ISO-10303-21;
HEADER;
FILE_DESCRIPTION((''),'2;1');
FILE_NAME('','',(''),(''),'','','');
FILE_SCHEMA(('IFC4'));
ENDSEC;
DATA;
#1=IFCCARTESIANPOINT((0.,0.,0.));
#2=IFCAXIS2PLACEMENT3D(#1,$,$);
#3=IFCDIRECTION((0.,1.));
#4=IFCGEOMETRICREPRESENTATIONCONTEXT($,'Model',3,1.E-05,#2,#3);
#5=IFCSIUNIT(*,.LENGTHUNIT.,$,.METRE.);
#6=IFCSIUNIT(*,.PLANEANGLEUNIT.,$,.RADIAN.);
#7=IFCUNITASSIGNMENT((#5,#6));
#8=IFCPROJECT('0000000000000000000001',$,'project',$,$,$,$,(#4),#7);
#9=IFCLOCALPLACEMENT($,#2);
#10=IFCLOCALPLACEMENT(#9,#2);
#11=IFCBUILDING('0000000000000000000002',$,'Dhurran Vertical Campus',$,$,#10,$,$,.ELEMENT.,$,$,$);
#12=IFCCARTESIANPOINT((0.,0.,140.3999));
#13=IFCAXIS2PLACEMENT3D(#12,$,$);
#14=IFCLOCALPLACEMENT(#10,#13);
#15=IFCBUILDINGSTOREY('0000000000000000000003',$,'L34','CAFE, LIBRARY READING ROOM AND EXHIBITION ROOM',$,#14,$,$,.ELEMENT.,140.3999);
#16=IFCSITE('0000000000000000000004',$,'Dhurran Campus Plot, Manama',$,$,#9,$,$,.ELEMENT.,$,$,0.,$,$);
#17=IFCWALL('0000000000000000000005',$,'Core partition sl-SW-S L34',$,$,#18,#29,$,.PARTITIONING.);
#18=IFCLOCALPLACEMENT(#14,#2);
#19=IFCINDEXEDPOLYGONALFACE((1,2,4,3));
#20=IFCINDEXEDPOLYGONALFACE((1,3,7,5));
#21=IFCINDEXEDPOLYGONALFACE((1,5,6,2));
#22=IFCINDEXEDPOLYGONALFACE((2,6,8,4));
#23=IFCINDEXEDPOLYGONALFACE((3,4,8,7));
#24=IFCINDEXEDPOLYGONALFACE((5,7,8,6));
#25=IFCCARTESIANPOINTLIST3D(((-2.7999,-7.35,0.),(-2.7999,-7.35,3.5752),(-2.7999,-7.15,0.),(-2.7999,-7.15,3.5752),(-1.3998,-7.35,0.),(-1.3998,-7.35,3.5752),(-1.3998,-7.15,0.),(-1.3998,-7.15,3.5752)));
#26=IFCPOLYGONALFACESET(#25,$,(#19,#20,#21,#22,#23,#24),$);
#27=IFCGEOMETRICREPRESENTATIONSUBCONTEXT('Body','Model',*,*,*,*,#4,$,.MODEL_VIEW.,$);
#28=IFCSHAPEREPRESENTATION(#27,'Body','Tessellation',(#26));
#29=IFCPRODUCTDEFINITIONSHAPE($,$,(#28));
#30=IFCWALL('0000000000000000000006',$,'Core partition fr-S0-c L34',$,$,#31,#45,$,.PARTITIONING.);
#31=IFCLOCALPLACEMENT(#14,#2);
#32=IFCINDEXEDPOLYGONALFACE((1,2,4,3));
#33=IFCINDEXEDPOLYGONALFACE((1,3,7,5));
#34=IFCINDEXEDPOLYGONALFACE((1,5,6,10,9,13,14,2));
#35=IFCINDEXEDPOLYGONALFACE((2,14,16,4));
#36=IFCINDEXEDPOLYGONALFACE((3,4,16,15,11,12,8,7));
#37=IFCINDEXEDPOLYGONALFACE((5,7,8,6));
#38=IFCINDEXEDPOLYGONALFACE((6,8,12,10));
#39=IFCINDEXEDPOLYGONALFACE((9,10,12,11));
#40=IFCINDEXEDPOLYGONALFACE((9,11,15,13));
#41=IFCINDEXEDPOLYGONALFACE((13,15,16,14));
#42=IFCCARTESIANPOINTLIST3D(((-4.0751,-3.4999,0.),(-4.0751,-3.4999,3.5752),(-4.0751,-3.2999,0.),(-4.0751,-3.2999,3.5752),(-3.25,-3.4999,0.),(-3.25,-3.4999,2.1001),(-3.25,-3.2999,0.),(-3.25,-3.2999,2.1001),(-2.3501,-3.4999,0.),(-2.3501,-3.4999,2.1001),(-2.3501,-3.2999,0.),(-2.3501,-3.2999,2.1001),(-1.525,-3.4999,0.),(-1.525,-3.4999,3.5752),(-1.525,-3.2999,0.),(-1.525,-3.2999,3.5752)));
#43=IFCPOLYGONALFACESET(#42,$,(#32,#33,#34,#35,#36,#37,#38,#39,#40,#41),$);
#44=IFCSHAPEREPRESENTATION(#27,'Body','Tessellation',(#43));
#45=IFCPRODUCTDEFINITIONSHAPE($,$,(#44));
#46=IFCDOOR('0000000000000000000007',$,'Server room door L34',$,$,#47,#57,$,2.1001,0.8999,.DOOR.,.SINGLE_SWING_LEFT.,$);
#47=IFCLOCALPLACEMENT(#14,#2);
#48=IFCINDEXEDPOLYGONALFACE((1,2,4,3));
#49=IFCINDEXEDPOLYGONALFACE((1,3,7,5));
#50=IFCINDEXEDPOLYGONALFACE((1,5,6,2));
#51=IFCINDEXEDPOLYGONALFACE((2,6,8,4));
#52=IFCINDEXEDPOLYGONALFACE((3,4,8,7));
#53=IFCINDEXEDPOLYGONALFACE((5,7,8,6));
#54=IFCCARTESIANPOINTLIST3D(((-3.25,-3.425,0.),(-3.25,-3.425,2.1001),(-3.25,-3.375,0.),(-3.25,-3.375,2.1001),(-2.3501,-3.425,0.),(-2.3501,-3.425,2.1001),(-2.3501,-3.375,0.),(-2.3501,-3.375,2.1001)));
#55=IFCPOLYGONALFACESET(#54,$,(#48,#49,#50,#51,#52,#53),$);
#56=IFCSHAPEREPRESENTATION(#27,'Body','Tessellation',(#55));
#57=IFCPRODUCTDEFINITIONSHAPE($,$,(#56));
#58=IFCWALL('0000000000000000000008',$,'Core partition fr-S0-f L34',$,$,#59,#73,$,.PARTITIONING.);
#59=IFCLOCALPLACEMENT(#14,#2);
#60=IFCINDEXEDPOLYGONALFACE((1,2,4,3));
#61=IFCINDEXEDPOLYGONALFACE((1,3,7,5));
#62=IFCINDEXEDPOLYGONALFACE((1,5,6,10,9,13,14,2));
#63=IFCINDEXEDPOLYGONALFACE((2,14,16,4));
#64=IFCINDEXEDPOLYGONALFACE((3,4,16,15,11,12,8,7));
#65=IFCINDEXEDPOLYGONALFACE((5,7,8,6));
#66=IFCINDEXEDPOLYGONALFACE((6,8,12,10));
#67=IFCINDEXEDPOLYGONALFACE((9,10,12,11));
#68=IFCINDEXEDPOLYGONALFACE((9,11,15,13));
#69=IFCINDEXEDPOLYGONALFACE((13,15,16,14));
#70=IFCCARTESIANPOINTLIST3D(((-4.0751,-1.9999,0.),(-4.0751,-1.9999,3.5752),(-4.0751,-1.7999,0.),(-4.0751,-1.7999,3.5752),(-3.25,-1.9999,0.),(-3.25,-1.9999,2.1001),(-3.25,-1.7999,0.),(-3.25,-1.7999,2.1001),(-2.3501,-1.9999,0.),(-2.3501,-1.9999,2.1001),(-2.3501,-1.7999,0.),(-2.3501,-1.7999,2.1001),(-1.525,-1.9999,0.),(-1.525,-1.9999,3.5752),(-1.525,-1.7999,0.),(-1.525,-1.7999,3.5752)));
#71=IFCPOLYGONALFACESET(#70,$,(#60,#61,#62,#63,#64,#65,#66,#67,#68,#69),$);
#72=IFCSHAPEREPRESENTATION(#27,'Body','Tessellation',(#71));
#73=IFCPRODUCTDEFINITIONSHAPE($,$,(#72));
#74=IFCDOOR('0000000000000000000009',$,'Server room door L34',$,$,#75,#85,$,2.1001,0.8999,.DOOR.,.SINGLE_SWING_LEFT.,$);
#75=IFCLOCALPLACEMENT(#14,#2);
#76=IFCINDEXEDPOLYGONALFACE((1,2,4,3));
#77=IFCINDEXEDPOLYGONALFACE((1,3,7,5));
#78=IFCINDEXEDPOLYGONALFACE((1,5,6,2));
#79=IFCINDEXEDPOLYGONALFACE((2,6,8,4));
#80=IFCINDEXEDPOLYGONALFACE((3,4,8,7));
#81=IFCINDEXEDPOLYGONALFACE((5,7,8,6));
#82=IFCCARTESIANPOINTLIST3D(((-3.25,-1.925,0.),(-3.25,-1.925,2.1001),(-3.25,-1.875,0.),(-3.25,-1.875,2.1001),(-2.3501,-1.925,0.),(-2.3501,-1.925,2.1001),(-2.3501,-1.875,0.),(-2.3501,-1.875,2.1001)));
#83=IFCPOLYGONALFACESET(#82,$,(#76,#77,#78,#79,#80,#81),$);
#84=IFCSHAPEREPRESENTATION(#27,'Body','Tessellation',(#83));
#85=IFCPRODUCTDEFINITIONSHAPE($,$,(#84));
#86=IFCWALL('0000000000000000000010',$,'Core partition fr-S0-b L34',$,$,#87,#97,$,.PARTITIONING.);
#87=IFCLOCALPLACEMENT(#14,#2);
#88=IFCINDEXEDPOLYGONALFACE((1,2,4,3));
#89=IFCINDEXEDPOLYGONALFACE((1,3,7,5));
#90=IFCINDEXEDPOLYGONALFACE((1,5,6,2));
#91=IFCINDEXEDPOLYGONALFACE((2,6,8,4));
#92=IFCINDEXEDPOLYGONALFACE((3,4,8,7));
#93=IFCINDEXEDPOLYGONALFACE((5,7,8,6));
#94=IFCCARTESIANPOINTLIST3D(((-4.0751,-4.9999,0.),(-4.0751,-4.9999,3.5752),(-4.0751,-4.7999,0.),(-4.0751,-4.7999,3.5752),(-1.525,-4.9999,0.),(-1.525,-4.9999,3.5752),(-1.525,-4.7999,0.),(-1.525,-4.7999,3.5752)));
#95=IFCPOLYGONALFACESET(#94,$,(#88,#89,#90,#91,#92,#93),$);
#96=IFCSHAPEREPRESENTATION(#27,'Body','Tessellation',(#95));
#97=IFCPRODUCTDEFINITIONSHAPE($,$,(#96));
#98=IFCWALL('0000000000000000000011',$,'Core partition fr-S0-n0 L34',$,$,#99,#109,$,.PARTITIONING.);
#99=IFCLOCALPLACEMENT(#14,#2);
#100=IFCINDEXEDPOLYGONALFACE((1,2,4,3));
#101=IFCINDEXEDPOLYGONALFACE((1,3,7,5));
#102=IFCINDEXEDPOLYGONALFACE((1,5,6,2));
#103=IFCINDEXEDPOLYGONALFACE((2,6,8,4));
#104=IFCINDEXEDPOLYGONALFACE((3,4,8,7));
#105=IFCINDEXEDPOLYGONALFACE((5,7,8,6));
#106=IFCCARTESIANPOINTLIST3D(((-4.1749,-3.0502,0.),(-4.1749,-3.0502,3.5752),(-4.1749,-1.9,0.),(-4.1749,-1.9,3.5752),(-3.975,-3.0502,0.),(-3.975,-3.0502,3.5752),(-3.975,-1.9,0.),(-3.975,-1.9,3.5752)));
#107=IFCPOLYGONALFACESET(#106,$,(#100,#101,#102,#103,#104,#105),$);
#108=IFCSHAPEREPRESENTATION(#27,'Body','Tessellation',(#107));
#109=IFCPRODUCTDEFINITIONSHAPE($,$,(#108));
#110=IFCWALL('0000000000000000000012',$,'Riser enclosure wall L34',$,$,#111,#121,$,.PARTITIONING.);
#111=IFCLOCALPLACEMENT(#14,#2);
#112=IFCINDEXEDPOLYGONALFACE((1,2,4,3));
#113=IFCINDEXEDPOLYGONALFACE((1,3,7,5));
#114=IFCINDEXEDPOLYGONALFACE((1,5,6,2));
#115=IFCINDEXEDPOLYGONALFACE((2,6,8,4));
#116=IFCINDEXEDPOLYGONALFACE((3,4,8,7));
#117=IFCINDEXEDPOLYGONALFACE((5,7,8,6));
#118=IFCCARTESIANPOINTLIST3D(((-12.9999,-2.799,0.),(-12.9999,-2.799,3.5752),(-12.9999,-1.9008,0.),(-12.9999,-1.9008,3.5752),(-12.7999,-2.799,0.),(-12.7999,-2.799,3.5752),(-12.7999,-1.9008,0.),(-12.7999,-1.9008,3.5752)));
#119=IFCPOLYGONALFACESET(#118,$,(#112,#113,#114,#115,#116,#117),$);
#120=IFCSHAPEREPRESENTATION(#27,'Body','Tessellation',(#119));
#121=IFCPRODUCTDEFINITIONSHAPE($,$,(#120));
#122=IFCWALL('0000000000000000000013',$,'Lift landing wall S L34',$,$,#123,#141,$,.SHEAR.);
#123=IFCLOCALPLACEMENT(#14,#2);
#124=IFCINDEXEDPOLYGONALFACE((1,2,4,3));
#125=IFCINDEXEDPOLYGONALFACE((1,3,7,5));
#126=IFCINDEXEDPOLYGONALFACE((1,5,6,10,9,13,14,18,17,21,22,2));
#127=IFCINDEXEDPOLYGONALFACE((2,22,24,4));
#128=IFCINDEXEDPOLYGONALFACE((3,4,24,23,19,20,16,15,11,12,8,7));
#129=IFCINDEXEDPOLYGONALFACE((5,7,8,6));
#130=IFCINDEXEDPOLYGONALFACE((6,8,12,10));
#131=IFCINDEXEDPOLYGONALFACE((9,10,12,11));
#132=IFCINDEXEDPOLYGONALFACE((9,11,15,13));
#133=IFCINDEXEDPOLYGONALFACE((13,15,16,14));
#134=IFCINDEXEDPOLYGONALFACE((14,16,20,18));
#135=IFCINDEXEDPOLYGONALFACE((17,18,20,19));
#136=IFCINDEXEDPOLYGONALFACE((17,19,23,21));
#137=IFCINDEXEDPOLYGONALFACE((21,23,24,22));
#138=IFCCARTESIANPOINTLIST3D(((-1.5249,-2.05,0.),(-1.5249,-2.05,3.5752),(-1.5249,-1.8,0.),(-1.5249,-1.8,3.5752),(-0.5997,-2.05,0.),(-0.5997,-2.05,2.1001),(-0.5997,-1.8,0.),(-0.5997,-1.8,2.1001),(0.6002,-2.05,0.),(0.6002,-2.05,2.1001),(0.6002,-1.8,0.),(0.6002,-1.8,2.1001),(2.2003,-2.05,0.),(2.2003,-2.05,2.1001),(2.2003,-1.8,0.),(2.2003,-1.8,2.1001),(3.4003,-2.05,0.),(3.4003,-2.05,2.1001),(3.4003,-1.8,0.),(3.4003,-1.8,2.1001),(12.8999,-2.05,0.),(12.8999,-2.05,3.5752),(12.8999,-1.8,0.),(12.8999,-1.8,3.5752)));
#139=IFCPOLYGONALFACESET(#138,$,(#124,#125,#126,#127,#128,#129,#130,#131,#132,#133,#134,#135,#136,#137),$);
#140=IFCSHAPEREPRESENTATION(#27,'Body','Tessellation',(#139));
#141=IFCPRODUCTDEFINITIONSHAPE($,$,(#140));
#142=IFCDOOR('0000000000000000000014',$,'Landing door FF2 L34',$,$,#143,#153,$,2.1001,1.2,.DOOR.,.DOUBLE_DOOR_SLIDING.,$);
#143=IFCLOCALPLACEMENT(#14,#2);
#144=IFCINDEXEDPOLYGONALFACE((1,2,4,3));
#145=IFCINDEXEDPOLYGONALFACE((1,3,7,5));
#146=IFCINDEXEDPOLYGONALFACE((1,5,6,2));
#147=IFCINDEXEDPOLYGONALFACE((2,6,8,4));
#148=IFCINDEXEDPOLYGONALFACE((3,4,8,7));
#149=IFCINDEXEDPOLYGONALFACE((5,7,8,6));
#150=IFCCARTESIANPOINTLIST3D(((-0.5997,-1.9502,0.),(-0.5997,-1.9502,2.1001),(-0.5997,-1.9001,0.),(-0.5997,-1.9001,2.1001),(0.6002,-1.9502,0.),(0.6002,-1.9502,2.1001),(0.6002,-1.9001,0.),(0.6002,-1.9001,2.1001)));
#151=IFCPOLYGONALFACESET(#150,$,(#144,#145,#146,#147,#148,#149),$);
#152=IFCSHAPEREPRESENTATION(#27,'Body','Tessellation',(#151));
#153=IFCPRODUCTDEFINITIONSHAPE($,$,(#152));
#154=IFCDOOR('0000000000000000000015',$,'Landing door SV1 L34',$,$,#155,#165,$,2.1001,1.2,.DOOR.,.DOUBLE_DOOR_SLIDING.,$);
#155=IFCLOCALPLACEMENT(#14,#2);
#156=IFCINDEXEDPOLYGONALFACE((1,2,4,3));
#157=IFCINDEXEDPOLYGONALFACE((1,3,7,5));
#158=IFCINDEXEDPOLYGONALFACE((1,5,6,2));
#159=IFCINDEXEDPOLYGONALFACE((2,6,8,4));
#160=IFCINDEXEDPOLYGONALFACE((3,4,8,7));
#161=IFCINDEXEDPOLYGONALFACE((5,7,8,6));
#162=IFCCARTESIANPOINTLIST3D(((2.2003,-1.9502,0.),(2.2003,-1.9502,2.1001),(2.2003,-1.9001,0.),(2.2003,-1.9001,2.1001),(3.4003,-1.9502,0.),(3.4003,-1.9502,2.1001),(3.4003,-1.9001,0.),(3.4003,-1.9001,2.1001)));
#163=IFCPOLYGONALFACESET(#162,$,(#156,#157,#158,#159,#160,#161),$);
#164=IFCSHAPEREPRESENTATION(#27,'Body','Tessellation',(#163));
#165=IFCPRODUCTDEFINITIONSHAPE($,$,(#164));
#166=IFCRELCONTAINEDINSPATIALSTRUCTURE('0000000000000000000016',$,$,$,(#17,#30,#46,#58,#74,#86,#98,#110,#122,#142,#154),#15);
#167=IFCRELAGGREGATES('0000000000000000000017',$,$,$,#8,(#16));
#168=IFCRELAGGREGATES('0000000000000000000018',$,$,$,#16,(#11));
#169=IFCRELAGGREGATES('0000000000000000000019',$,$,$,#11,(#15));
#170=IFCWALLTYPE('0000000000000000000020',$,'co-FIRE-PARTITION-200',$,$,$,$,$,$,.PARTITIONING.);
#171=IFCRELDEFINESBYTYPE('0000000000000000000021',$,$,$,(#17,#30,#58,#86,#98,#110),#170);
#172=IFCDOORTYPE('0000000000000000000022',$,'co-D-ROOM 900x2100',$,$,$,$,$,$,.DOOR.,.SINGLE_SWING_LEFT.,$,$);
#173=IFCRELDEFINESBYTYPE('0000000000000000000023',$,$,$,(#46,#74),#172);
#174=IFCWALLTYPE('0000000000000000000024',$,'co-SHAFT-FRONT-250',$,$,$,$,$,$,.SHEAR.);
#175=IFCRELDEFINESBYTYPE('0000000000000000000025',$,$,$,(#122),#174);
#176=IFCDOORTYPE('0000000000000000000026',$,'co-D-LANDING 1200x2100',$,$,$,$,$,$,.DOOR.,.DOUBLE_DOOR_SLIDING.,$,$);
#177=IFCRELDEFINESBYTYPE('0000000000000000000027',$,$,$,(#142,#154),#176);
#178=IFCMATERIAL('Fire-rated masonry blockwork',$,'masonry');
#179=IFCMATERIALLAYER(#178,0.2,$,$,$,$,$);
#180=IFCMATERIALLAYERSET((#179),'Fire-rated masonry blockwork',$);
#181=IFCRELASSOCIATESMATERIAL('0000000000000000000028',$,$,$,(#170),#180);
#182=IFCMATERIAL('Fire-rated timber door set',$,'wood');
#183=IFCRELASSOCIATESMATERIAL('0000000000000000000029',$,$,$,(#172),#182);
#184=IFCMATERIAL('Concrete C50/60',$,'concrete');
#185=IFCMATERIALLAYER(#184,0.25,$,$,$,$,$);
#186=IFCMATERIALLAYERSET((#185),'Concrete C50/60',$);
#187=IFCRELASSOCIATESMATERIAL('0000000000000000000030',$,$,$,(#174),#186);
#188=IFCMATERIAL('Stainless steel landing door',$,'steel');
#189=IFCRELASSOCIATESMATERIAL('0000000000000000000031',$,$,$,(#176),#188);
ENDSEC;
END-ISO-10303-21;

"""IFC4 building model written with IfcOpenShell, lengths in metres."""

from ifc_helpers import new_model, si_unit, direction, frame, frame_2d, origin, place, context, subcontext, project, spatial, rectangle, extrude, material, layer, layer_set, type_object, element, fill, save


model = new_model("IFC4")

# Units and contexts
model_context = context("Model", 3, precision=1e-05, world=origin(), true_north=direction((0.0, 1.0)))
body_context = subcontext(model_context, "Body", "Model", "MODEL_VIEW")
ifc_project = project(units=[si_unit("LENGTHUNIT", "METRE"), si_unit("PLANEANGLEUNIT", "RADIAN")], contexts=[model_context])

# Site, building, storey
site_placement = place(None, origin())
site = spatial("IfcSite", under=ifc_project, at=site_placement, Name="Dhurran Campus Plot, Manama", CompositionType="ELEMENT", RefElevation=0.0)
building_placement = place(site_placement, origin())
building = spatial("IfcBuilding", under=site, at=building_placement, Name="Dhurran Vertical Campus", CompositionType="ELEMENT")
storey_placement = place(building_placement, frame((0.0, 0.0, 140.3999)))
storey = spatial("IfcBuildingStorey", under=building, at=storey_placement, Name="L34", Description="CAFE, LIBRARY READING ROOM AND EXHIBITION ROOM", CompositionType="ELEMENT", Elevation=140.3999)

# Shared definitions
ifc_material_1 = material(Name="Fire-rated masonry blockwork", Category="masonry")
ifc_layer_1 = layer(ifc_material_1, 0.2)
ifc_layer_set_1 = layer_set([ifc_layer_1], Name="Fire-rated masonry blockwork")
wall_type_1 = type_object("IfcWallType", Name="co-FIRE-PARTITION-200", PredefinedType="PARTITIONING", material=ifc_layer_set_1)

# Wall
wall_1_placement = place(storey_placement, frame((-2.8, -7.25, 0.0), z_axis=(0.0, 0.0, 1.0), x_axis=(1.0, 0.0, 0.0)))
element("IfcWall", 1, at=wall_1_placement, inside=storey, type_object=wall_type_1, Name="Core partition sl-SW-S L34", PredefinedType="PARTITIONING", context=body_context, shape_type="SweptSolid", body=[
    extrude(rectangle(XDim=1.4001, YDim=0.2, at=frame_2d((0.7002, 0.0))), origin(), (0.0, 0.0, 1.0), 3.5752),
])

# Walls, openings, doors
wall_2_placement = place(storey_placement, frame((-4.075, -3.3999, 0.0), z_axis=(0.0, 0.0, 1.0), x_axis=(1.0, 0.0, 0.0)))
wall_2 = element("IfcWall", 2, at=wall_2_placement, inside=storey, type_object=wall_type_1, Name="Core partition fr-S0-c L34", PredefinedType="PARTITIONING", context=body_context, shape_type="SweptSolid", body=[
    extrude(rectangle(XDim=2.55, YDim=0.2, at=frame_2d((1.2749, 0.0))), origin(), (0.0, 0.0, 1.0), 3.5752),
])
opening_1_placement = place(wall_2_placement, frame((0.825, 0.0, 0.0)))
opening_1 = element("IfcOpeningElement", 3, at=opening_1_placement, cuts=wall_2, PredefinedType="OPENING", context=body_context, shape_type="SweptSolid", body=[
    extrude(rectangle(XDim=0.8999, YDim=2.1001, at=frame_2d((0.45, 1.05))), frame((0.0, 0.1099, 0.0), z_axis=(0.0, -1.0, 0.0), x_axis=(1.0, 0.0, 0.0)), (0.0, 0.0, 1.0), 0.22),
])
ifc_material_2 = material(Name="Fire-rated timber door set", Category="wood")
door_type_1 = type_object("IfcDoorType", Name="co-D-ROOM 900x2100", OperationType="SINGLE_SWING_LEFT", PredefinedType="DOOR", material=ifc_material_2)
door_1_placement = place(opening_1_placement, origin())
door_1 = element("IfcDoor", 4, at=door_1_placement, inside=storey, type_object=door_type_1, Name="Server room door L34", OperationType="SINGLE_SWING_LEFT", OverallHeight=2.1001, OverallWidth=0.8999, PredefinedType="DOOR", context=body_context, shape_type="SweptSolid", body=[
    extrude(rectangle(XDim=0.8999, YDim=2.1001, at=frame_2d((0.45, 1.05))), frame((0.0, 0.0249, 0.0), z_axis=(0.0, -1.0, 0.0), x_axis=(1.0, 0.0, 0.0)), (0.0, 0.0, 1.0), 0.05),
])
fill(opening_1, door_1)
wall_3_placement = place(storey_placement, frame((-4.075, -1.8999, 0.0), z_axis=(0.0, 0.0, 1.0), x_axis=(1.0, 0.0, 0.0)))
wall_3 = element("IfcWall", 5, at=wall_3_placement, inside=storey, type_object=wall_type_1, Name="Core partition fr-S0-f L34", PredefinedType="PARTITIONING", context=body_context, shape_type="SweptSolid", body=[
    extrude(rectangle(XDim=2.55, YDim=0.2, at=frame_2d((1.2749, 0.0))), origin(), (0.0, 0.0, 1.0), 3.5752),
])
opening_2_placement = place(wall_3_placement, frame((0.825, 0.0, 0.0)))
opening_2 = element("IfcOpeningElement", 6, at=opening_2_placement, cuts=wall_3, PredefinedType="OPENING", context=body_context, shape_type="SweptSolid", body=[
    extrude(rectangle(XDim=0.8999, YDim=2.1001, at=frame_2d((0.45, 1.05))), frame((0.0, 0.1099, 0.0), z_axis=(0.0, -1.0, 0.0), x_axis=(1.0, 0.0, 0.0)), (0.0, 0.0, 1.0), 0.22),
])
door_2_placement = place(opening_2_placement, origin())
door_2 = element("IfcDoor", 7, at=door_2_placement, inside=storey, type_object=door_type_1, Name="Server room door L34", OperationType="SINGLE_SWING_LEFT", OverallHeight=2.1001, OverallWidth=0.8999, PredefinedType="DOOR", context=body_context, shape_type="SweptSolid", body=[
    extrude(rectangle(XDim=0.8999, YDim=2.1001, at=frame_2d((0.45, 1.05))), frame((0.0, 0.0249, 0.0), z_axis=(0.0, -1.0, 0.0), x_axis=(1.0, 0.0, 0.0)), (0.0, 0.0, 1.0), 0.05),
])
fill(opening_2, door_2)

# Walls
wall_4_placement = place(storey_placement, frame((-4.075, -4.8999, 0.0), z_axis=(0.0, 0.0, 1.0), x_axis=(1.0, 0.0, 0.0)))
element("IfcWall", 8, at=wall_4_placement, inside=storey, type_object=wall_type_1, Name="Core partition fr-S0-b L34", PredefinedType="PARTITIONING", context=body_context, shape_type="SweptSolid", body=[
    extrude(rectangle(XDim=2.55, YDim=0.2, at=frame_2d((1.2749, 0.0))), origin(), (0.0, 0.0, 1.0), 3.5752),
])
wall_5_placement = place(storey_placement, frame((-4.075, -1.8999, 0.0), z_axis=(0.0, 0.0, 1.0), x_axis=(0.0, -1.0, 0.0)))
element("IfcWall", 9, at=wall_5_placement, inside=storey, type_object=wall_type_1, Name="Core partition fr-S0-n0 L34", PredefinedType="PARTITIONING", context=body_context, shape_type="SweptSolid", body=[
    extrude(rectangle(XDim=1.1501, YDim=0.2, at=frame_2d((0.5752, 0.0))), origin(), (0.0, 0.0, 1.0), 3.5752),
])
wall_6_placement = place(storey_placement, frame((-12.8999, -2.7991, 0.0), z_axis=(0.0, 0.0, 1.0), x_axis=(0.0, 1.0, 0.0)))
element("IfcWall", 10, at=wall_6_placement, inside=storey, type_object=wall_type_1, Name="Riser enclosure wall L34", PredefinedType="PARTITIONING", context=body_context, shape_type="SweptSolid", body=[
    extrude(rectangle(XDim=0.8982, YDim=0.2, at=frame_2d((0.4492, 0.0))), origin(), (0.0, 0.0, 1.0), 3.5752),
])

# Wall, openings, doors
ifc_material_3 = material(Name="Concrete C50/60", Category="concrete")
ifc_layer_2 = layer(ifc_material_3, 0.25)
ifc_layer_set_2 = layer_set([ifc_layer_2], Name="Concrete C50/60")
wall_type_2 = type_object("IfcWallType", Name="co-SHAFT-FRONT-250", PredefinedType="SHEAR", material=ifc_layer_set_2)
wall_7_placement = place(storey_placement, frame((-1.5249, -1.925, 0.0), z_axis=(0.0, 0.0, 1.0), x_axis=(1.0, 0.0, 0.0)))
wall_7 = element("IfcWall", 11, at=wall_7_placement, inside=storey, type_object=wall_type_2, Name="Lift landing wall S L34", PredefinedType="SHEAR", context=body_context, shape_type="SweptSolid", body=[
    extrude(rectangle(XDim=14.4248, YDim=0.25, at=frame_2d((7.2124, 0.0))), origin(), (0.0, 0.0, 1.0), 3.5752),
])
opening_3_placement = place(wall_7_placement, frame((0.925, 0.0, 0.0)))
opening_3 = element("IfcOpeningElement", 12, at=opening_3_placement, cuts=wall_7, PredefinedType="OPENING", context=body_context, shape_type="SweptSolid", body=[
    extrude(rectangle(XDim=1.2, YDim=2.1001, at=frame_2d((0.6001, 1.05))), frame((0.0, 0.135, 0.0), z_axis=(0.0, -1.0, 0.0), x_axis=(1.0, 0.0, 0.0)), (0.0, 0.0, 1.0), 0.27),
])
opening_4_placement = place(wall_7_placement, frame((3.7251, 0.0, 0.0)))
opening_4 = element("IfcOpeningElement", 13, at=opening_4_placement, cuts=wall_7, PredefinedType="OPENING", context=body_context, shape_type="SweptSolid", body=[
    extrude(rectangle(XDim=1.2, YDim=2.1001, at=frame_2d((0.6001, 1.05))), frame((0.0, 0.135, 0.0), z_axis=(0.0, -1.0, 0.0), x_axis=(1.0, 0.0, 0.0)), (0.0, 0.0, 1.0), 0.27),
])
ifc_material_4 = material(Name="Stainless steel landing door", Category="steel")
door_type_2 = type_object("IfcDoorType", Name="co-D-LANDING 1200x2100", OperationType="DOUBLE_DOOR_SLIDING", PredefinedType="DOOR", material=ifc_material_4)
door_3_placement = place(opening_3_placement, origin())
door_3 = element("IfcDoor", 14, at=door_3_placement, inside=storey, type_object=door_type_2, Name="Landing door FF2 L34", OperationType="DOUBLE_DOOR_SLIDING", OverallHeight=2.1001, OverallWidth=1.2, PredefinedType="DOOR", context=body_context, shape_type="SweptSolid", body=[
    extrude(rectangle(XDim=1.2, YDim=2.1001, at=frame_2d((0.6001, 1.05))), frame((0.0, 0.0249, 0.0), z_axis=(0.0, -1.0, 0.0), x_axis=(1.0, 0.0, 0.0)), (0.0, 0.0, 1.0), 0.05),
])
fill(opening_3, door_3)
door_4_placement = place(opening_4_placement, origin())
door_4 = element("IfcDoor", 15, at=door_4_placement, inside=storey, type_object=door_type_2, Name="Landing door SV1 L34", OperationType="DOUBLE_DOOR_SLIDING", OverallHeight=2.1001, OverallWidth=1.2, PredefinedType="DOOR", context=body_context, shape_type="SweptSolid", body=[
    extrude(rectangle(XDim=1.2, YDim=2.1001, at=frame_2d((0.6001, 1.05))), frame((0.0, 0.0249, 0.0), z_axis=(0.0, -1.0, 0.0), x_axis=(1.0, 0.0, 0.0)), (0.0, 0.0, 1.0), 0.05),
])
fill(opening_4, door_4)

save(model, "model.ifc")
